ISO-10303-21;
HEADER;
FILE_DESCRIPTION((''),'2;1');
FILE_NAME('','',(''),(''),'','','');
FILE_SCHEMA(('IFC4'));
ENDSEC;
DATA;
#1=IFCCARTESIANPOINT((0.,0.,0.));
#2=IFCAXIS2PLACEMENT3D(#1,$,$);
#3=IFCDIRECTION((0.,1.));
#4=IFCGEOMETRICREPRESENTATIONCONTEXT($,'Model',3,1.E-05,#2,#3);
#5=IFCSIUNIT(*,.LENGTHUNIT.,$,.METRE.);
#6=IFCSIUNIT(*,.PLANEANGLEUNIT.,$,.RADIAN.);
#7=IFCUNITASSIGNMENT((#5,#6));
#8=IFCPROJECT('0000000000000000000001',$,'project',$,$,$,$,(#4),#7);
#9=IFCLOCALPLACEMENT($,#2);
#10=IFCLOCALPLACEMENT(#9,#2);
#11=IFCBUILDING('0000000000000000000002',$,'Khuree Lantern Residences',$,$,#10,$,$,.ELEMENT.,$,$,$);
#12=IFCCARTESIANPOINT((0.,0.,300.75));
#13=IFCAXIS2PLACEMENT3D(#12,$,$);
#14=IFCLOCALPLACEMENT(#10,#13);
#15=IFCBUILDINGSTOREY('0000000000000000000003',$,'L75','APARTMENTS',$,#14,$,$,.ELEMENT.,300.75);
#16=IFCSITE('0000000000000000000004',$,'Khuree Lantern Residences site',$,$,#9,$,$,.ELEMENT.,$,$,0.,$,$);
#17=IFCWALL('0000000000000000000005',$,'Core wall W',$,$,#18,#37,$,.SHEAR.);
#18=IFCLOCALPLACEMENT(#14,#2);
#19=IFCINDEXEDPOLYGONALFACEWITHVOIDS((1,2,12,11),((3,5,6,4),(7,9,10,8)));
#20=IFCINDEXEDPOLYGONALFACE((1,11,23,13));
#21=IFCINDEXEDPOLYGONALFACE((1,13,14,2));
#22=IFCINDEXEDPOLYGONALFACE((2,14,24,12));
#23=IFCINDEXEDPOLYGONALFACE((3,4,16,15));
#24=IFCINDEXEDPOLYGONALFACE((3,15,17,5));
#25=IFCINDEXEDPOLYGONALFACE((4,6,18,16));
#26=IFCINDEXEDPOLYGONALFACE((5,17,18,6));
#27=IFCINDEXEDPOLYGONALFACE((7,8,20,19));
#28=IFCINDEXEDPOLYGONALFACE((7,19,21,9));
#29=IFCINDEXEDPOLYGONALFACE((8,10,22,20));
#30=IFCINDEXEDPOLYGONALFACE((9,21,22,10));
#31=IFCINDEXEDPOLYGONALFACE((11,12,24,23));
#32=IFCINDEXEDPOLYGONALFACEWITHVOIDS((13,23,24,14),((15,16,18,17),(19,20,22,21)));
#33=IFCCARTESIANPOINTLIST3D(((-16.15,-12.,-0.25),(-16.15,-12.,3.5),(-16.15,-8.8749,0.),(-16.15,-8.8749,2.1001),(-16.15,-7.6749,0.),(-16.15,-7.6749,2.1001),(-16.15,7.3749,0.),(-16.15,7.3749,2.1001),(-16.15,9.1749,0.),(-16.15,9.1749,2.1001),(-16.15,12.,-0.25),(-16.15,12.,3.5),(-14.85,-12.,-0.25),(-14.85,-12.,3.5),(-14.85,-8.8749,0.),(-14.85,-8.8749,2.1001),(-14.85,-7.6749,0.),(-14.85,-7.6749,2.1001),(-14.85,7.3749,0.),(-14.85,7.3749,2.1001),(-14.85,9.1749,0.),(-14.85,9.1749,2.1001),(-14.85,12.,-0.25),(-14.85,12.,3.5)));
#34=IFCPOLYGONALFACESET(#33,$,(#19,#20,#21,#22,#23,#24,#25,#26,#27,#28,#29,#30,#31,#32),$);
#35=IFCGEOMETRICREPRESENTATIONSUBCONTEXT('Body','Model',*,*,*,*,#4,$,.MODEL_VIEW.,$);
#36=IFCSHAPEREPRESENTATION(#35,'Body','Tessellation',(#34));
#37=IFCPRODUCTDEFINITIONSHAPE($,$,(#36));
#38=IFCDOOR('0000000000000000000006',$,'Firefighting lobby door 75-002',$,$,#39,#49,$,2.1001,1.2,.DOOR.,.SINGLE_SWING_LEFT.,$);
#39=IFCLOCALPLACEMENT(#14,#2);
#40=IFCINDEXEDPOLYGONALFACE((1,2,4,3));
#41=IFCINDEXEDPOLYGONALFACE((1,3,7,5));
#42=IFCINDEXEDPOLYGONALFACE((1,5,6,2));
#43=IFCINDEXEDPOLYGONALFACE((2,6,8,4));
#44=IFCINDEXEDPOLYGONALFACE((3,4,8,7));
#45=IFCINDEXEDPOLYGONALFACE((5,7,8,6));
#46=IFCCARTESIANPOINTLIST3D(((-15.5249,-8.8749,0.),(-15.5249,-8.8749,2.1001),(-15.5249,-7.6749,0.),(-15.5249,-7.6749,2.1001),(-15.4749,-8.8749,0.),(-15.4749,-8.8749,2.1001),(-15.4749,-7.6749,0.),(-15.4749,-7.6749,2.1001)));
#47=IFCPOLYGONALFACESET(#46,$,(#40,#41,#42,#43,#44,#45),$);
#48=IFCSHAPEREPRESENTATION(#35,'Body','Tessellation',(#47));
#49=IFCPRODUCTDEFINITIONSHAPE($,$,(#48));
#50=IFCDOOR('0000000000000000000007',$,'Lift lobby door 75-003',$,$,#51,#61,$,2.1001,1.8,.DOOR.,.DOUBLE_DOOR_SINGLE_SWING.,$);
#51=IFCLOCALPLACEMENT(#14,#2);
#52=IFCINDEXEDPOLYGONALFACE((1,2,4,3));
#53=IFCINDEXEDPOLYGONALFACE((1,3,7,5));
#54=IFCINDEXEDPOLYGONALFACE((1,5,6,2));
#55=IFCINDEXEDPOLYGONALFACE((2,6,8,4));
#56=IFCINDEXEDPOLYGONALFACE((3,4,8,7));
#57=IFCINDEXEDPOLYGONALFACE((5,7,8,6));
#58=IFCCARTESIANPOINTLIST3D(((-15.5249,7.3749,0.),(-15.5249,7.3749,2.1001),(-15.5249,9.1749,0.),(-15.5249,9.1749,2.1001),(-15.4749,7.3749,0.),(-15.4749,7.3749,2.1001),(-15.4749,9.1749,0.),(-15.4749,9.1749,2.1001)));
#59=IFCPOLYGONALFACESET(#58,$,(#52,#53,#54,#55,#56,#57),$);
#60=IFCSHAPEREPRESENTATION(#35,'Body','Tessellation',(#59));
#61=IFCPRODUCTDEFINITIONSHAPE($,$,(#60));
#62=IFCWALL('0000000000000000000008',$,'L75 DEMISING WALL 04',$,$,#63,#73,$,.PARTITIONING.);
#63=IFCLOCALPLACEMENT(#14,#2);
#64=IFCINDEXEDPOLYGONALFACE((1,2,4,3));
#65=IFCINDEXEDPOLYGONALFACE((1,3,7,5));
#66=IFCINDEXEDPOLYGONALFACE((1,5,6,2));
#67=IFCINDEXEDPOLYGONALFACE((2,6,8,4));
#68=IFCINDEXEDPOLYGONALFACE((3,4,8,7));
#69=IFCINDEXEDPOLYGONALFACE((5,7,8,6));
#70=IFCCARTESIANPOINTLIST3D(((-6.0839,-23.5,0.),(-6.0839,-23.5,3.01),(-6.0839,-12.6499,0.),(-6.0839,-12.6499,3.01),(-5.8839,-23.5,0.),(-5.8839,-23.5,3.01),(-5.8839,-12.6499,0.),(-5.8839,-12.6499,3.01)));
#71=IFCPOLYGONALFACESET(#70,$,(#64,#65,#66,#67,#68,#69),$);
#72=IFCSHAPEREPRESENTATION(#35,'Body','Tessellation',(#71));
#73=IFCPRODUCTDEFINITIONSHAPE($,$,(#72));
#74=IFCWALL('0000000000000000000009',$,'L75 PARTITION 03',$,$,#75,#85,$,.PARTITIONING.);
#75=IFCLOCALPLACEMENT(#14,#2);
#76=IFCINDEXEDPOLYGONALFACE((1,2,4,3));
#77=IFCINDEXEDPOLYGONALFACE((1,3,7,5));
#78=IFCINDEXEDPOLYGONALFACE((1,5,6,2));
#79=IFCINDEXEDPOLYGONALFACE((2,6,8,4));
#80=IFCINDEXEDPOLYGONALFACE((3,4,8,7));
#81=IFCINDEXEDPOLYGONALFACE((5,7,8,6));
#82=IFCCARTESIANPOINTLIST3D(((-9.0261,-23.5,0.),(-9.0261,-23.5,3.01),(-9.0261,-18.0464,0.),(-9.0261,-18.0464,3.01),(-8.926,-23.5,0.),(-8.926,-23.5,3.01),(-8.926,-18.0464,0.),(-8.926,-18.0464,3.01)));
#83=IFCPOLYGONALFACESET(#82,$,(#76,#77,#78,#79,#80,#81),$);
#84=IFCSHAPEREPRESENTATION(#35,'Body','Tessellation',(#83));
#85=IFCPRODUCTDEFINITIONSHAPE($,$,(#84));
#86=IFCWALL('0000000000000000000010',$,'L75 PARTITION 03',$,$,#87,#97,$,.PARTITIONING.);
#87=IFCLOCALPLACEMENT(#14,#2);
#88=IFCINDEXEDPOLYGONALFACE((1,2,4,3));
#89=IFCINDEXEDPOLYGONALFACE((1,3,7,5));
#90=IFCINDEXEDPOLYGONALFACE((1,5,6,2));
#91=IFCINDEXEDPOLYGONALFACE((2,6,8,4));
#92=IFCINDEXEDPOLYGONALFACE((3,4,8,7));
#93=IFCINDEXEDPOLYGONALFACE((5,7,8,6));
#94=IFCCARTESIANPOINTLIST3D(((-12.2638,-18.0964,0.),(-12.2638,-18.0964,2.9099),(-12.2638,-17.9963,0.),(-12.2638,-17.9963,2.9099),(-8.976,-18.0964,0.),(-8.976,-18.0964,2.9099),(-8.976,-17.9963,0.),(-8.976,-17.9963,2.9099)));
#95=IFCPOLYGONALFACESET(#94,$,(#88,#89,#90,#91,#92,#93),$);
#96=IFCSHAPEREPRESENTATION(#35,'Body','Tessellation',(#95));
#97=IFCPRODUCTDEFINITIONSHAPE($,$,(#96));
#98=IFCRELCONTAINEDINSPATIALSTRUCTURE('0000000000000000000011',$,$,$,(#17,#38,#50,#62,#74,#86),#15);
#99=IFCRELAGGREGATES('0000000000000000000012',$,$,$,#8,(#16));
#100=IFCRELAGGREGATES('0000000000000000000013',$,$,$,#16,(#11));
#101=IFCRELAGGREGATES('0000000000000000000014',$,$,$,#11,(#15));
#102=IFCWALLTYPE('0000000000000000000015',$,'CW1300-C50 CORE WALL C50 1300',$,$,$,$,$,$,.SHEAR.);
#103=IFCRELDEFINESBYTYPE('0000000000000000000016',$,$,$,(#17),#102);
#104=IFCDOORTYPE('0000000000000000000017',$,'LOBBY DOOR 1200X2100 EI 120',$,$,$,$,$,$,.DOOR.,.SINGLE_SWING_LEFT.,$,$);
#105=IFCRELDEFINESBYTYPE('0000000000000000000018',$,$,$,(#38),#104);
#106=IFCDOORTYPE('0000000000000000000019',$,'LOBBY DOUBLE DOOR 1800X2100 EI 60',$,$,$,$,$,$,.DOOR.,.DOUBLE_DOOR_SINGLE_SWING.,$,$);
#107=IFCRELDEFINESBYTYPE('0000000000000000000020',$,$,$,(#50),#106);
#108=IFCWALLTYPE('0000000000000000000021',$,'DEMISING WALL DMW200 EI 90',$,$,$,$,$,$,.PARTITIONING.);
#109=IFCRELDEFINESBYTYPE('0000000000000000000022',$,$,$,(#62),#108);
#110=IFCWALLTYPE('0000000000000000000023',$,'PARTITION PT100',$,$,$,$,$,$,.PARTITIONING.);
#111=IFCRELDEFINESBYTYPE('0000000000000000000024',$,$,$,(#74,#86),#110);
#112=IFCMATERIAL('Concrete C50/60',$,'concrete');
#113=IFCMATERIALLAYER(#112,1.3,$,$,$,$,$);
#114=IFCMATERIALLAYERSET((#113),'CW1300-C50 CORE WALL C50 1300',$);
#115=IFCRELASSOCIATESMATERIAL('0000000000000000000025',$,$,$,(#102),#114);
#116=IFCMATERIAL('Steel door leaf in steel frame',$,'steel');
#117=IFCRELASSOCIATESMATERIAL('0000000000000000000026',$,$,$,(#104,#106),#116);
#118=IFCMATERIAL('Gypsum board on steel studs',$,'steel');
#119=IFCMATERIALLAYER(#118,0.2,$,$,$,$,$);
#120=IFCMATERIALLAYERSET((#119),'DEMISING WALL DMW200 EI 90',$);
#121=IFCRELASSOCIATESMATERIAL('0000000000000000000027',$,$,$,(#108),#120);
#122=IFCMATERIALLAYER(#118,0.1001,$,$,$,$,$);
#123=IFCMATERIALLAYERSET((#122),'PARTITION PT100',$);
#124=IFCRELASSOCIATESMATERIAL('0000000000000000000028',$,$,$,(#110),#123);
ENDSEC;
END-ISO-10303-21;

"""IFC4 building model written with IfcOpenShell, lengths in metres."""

from ifc_helpers import new_model, si_unit, direction, frame, frame_2d, origin, place, context, subcontext, project, spatial, rectangle, extrude, material, layer, layer_set, type_object, element, fill, save


model = new_model("IFC4")

# Units and contexts
model_context = context("Model", 3, precision=1e-05, world=origin(), true_north=direction((0.0, 1.0)))
body_context = subcontext(model_context, "Body", "Model", "MODEL_VIEW")
ifc_project = project(units=[si_unit("LENGTHUNIT", "METRE"), si_unit("PLANEANGLEUNIT", "RADIAN")], contexts=[model_context])

# Site, building, storey
site_placement = place(None, origin())
site = spatial("IfcSite", under=ifc_project, at=site_placement, Name="Khuree Lantern Residences site", CompositionType="ELEMENT", RefElevation=0.0)
building_placement = place(site_placement, origin())
building = spatial("IfcBuilding", under=site, at=building_placement, Name="Khuree Lantern Residences", CompositionType="ELEMENT")
storey_placement = place(building_placement, frame((0.0, 0.0, 300.75)))
storey = spatial("IfcBuildingStorey", under=building, at=storey_placement, Name="L75", Description="APARTMENTS", CompositionType="ELEMENT", Elevation=300.75)

# Wall, openings, doors
ifc_material_1 = material(Name="Concrete C50/60", Category="concrete")
ifc_layer_1 = layer(ifc_material_1, 1.3)
ifc_layer_set_1 = layer_set([ifc_layer_1], Name="CW1300-C50 CORE WALL C50 1300")
wall_type_1 = type_object("IfcWallType", Name="CW1300-C50 CORE WALL C50 1300", PredefinedType="SHEAR", material=ifc_layer_set_1)
wall_1_placement = place(storey_placement, frame((-15.5, -12.0, -0.25), z_axis=(0.0, 0.0, 1.0), x_axis=(0.0, 1.0, 0.0)))
wall_1 = element("IfcWall", 1, at=wall_1_placement, inside=storey, type_object=wall_type_1, Name="Core wall W", PredefinedType="SHEAR", context=body_context, shape_type="SweptSolid", body=[
    extrude(rectangle(XDim=24.0, YDim=1.3, at=frame_2d((12.0, 0.0))), origin(), (0.0, 0.0, 1.0), 3.75),
])
opening_1_placement = place(wall_1_placement, frame((3.125, 0.0, 0.25)))
opening_1 = element("IfcOpeningElement", 2, at=opening_1_placement, cuts=wall_1, PredefinedType="OPENING", context=body_context, shape_type="SweptSolid", body=[
    extrude(rectangle(XDim=1.2, YDim=2.1001, at=frame_2d((0.6001, 1.05))), frame((0.0, 0.6602, 0.0), z_axis=(0.0, -1.0, 0.0), x_axis=(1.0, 0.0, 0.0)), (0.0, 0.0, 1.0), 1.3201),
])
opening_2_placement = place(wall_1_placement, frame((19.375, 0.0, 0.25)))
opening_2 = element("IfcOpeningElement", 3, at=opening_2_placement, cuts=wall_1, PredefinedType="OPENING", context=body_context, shape_type="SweptSolid", body=[
    extrude(rectangle(XDim=1.8, YDim=2.1001, at=frame_2d((0.8999, 1.05))), frame((0.0, 0.6602, 0.0), z_axis=(0.0, -1.0, 0.0), x_axis=(1.0, 0.0, 0.0)), (0.0, 0.0, 1.0), 1.3201),
])
ifc_material_2 = material(Name="Steel door leaf in steel frame", Category="steel")
door_type_1 = type_object("IfcDoorType", Name="LOBBY DOOR 1200X2100 EI 120", OperationType="SINGLE_SWING_LEFT", PredefinedType="DOOR", material=ifc_material_2)
door_1_placement = place(opening_1_placement, origin())
door_1 = element("IfcDoor", 4, at=door_1_placement, inside=storey, type_object=door_type_1, Name="Firefighting lobby door 75-002", OperationType="SINGLE_SWING_LEFT", OverallHeight=2.1001, OverallWidth=1.2, PredefinedType="DOOR", context=body_context, shape_type="SweptSolid", body=[
    extrude(rectangle(XDim=1.2, YDim=2.1001, at=frame_2d((0.6001, 1.05))), frame((0.0, 0.0249, 0.0), z_axis=(0.0, -1.0, 0.0), x_axis=(1.0, 0.0, 0.0)), (0.0, 0.0, 1.0), 0.05),
])
fill(opening_1, door_1)
door_type_2 = type_object("IfcDoorType", Name="LOBBY DOUBLE DOOR 1800X2100 EI 60", OperationType="DOUBLE_DOOR_SINGLE_SWING", PredefinedType="DOOR", material=ifc_material_2)
door_2_placement = place(opening_2_placement, origin())
door_2 = element("IfcDoor", 5, at=door_2_placement, inside=storey, type_object=door_type_2, Name="Lift lobby door 75-003", OperationType="DOUBLE_DOOR_SINGLE_SWING", OverallHeight=2.1001, OverallWidth=1.8, PredefinedType="DOOR", context=body_context, shape_type="SweptSolid", body=[
    extrude(rectangle(XDim=1.8, YDim=2.1001, at=frame_2d((0.8999, 1.05))), frame((0.0, 0.0249, 0.0), z_axis=(0.0, -1.0, 0.0), x_axis=(1.0, 0.0, 0.0)), (0.0, 0.0, 1.0), 0.05),
])
fill(opening_2, door_2)

# Walls
ifc_material_3 = material(Name="Gypsum board on steel studs", Category="steel")
ifc_layer_2 = layer(ifc_material_3, 0.2)
ifc_layer_set_2 = layer_set([ifc_layer_2], Name="DEMISING WALL DMW200 EI 90")
wall_type_2 = type_object("IfcWallType", Name="DEMISING WALL DMW200 EI 90", PredefinedType="PARTITIONING", material=ifc_layer_set_2)
wall_2_placement = place(storey_placement, frame((-5.9839, -12.6499, 0.0), z_axis=(0.0, 0.0, 1.0), x_axis=(0.0, -1.0, 0.0)))
element("IfcWall", 6, at=wall_2_placement, inside=storey, type_object=wall_type_2, Name="L75 DEMISING WALL 04", PredefinedType="PARTITIONING", context=body_context, shape_type="SweptSolid", body=[
    extrude(rectangle(XDim=10.8501, YDim=0.2, at=frame_2d((5.425, 0.0))), origin(), (0.0, 0.0, 1.0), 3.01),
])
ifc_layer_3 = layer(ifc_material_3, 0.1001)
ifc_layer_set_3 = layer_set([ifc_layer_3], Name="PARTITION PT100")
wall_type_3 = type_object("IfcWallType", Name="PARTITION PT100", PredefinedType="PARTITIONING", material=ifc_layer_set_3)
wall_3_placement = place(storey_placement, frame((-8.9761, -18.0464, 0.0), z_axis=(0.0, 0.0, 1.0), x_axis=(0.0, -1.0, 0.0)))
element("IfcWall", 7, at=wall_3_placement, inside=storey, type_object=wall_type_3, Name="L75 PARTITION 03", PredefinedType="PARTITIONING", context=body_context, shape_type="SweptSolid", body=[
    extrude(rectangle(XDim=5.4536, YDim=0.1001, at=frame_2d((2.7268, 0.0))), origin(), (0.0, 0.0, 1.0), 3.01),
])
wall_4_placement = place(storey_placement, frame((-12.2639, -18.0464, 0.0), z_axis=(0.0, 0.0, 1.0), x_axis=(1.0, 0.0, 0.0)))
element("IfcWall", 8, at=wall_4_placement, inside=storey, type_object=wall_type_3, Name="L75 PARTITION 03", PredefinedType="PARTITIONING", context=body_context, shape_type="SweptSolid", body=[
    extrude(rectangle(XDim=3.2878, YDim=0.1001, at=frame_2d((1.644, 0.0))), origin(), (0.0, 0.0, 1.0), 2.9099),
])

save(model, "model.ifc")
